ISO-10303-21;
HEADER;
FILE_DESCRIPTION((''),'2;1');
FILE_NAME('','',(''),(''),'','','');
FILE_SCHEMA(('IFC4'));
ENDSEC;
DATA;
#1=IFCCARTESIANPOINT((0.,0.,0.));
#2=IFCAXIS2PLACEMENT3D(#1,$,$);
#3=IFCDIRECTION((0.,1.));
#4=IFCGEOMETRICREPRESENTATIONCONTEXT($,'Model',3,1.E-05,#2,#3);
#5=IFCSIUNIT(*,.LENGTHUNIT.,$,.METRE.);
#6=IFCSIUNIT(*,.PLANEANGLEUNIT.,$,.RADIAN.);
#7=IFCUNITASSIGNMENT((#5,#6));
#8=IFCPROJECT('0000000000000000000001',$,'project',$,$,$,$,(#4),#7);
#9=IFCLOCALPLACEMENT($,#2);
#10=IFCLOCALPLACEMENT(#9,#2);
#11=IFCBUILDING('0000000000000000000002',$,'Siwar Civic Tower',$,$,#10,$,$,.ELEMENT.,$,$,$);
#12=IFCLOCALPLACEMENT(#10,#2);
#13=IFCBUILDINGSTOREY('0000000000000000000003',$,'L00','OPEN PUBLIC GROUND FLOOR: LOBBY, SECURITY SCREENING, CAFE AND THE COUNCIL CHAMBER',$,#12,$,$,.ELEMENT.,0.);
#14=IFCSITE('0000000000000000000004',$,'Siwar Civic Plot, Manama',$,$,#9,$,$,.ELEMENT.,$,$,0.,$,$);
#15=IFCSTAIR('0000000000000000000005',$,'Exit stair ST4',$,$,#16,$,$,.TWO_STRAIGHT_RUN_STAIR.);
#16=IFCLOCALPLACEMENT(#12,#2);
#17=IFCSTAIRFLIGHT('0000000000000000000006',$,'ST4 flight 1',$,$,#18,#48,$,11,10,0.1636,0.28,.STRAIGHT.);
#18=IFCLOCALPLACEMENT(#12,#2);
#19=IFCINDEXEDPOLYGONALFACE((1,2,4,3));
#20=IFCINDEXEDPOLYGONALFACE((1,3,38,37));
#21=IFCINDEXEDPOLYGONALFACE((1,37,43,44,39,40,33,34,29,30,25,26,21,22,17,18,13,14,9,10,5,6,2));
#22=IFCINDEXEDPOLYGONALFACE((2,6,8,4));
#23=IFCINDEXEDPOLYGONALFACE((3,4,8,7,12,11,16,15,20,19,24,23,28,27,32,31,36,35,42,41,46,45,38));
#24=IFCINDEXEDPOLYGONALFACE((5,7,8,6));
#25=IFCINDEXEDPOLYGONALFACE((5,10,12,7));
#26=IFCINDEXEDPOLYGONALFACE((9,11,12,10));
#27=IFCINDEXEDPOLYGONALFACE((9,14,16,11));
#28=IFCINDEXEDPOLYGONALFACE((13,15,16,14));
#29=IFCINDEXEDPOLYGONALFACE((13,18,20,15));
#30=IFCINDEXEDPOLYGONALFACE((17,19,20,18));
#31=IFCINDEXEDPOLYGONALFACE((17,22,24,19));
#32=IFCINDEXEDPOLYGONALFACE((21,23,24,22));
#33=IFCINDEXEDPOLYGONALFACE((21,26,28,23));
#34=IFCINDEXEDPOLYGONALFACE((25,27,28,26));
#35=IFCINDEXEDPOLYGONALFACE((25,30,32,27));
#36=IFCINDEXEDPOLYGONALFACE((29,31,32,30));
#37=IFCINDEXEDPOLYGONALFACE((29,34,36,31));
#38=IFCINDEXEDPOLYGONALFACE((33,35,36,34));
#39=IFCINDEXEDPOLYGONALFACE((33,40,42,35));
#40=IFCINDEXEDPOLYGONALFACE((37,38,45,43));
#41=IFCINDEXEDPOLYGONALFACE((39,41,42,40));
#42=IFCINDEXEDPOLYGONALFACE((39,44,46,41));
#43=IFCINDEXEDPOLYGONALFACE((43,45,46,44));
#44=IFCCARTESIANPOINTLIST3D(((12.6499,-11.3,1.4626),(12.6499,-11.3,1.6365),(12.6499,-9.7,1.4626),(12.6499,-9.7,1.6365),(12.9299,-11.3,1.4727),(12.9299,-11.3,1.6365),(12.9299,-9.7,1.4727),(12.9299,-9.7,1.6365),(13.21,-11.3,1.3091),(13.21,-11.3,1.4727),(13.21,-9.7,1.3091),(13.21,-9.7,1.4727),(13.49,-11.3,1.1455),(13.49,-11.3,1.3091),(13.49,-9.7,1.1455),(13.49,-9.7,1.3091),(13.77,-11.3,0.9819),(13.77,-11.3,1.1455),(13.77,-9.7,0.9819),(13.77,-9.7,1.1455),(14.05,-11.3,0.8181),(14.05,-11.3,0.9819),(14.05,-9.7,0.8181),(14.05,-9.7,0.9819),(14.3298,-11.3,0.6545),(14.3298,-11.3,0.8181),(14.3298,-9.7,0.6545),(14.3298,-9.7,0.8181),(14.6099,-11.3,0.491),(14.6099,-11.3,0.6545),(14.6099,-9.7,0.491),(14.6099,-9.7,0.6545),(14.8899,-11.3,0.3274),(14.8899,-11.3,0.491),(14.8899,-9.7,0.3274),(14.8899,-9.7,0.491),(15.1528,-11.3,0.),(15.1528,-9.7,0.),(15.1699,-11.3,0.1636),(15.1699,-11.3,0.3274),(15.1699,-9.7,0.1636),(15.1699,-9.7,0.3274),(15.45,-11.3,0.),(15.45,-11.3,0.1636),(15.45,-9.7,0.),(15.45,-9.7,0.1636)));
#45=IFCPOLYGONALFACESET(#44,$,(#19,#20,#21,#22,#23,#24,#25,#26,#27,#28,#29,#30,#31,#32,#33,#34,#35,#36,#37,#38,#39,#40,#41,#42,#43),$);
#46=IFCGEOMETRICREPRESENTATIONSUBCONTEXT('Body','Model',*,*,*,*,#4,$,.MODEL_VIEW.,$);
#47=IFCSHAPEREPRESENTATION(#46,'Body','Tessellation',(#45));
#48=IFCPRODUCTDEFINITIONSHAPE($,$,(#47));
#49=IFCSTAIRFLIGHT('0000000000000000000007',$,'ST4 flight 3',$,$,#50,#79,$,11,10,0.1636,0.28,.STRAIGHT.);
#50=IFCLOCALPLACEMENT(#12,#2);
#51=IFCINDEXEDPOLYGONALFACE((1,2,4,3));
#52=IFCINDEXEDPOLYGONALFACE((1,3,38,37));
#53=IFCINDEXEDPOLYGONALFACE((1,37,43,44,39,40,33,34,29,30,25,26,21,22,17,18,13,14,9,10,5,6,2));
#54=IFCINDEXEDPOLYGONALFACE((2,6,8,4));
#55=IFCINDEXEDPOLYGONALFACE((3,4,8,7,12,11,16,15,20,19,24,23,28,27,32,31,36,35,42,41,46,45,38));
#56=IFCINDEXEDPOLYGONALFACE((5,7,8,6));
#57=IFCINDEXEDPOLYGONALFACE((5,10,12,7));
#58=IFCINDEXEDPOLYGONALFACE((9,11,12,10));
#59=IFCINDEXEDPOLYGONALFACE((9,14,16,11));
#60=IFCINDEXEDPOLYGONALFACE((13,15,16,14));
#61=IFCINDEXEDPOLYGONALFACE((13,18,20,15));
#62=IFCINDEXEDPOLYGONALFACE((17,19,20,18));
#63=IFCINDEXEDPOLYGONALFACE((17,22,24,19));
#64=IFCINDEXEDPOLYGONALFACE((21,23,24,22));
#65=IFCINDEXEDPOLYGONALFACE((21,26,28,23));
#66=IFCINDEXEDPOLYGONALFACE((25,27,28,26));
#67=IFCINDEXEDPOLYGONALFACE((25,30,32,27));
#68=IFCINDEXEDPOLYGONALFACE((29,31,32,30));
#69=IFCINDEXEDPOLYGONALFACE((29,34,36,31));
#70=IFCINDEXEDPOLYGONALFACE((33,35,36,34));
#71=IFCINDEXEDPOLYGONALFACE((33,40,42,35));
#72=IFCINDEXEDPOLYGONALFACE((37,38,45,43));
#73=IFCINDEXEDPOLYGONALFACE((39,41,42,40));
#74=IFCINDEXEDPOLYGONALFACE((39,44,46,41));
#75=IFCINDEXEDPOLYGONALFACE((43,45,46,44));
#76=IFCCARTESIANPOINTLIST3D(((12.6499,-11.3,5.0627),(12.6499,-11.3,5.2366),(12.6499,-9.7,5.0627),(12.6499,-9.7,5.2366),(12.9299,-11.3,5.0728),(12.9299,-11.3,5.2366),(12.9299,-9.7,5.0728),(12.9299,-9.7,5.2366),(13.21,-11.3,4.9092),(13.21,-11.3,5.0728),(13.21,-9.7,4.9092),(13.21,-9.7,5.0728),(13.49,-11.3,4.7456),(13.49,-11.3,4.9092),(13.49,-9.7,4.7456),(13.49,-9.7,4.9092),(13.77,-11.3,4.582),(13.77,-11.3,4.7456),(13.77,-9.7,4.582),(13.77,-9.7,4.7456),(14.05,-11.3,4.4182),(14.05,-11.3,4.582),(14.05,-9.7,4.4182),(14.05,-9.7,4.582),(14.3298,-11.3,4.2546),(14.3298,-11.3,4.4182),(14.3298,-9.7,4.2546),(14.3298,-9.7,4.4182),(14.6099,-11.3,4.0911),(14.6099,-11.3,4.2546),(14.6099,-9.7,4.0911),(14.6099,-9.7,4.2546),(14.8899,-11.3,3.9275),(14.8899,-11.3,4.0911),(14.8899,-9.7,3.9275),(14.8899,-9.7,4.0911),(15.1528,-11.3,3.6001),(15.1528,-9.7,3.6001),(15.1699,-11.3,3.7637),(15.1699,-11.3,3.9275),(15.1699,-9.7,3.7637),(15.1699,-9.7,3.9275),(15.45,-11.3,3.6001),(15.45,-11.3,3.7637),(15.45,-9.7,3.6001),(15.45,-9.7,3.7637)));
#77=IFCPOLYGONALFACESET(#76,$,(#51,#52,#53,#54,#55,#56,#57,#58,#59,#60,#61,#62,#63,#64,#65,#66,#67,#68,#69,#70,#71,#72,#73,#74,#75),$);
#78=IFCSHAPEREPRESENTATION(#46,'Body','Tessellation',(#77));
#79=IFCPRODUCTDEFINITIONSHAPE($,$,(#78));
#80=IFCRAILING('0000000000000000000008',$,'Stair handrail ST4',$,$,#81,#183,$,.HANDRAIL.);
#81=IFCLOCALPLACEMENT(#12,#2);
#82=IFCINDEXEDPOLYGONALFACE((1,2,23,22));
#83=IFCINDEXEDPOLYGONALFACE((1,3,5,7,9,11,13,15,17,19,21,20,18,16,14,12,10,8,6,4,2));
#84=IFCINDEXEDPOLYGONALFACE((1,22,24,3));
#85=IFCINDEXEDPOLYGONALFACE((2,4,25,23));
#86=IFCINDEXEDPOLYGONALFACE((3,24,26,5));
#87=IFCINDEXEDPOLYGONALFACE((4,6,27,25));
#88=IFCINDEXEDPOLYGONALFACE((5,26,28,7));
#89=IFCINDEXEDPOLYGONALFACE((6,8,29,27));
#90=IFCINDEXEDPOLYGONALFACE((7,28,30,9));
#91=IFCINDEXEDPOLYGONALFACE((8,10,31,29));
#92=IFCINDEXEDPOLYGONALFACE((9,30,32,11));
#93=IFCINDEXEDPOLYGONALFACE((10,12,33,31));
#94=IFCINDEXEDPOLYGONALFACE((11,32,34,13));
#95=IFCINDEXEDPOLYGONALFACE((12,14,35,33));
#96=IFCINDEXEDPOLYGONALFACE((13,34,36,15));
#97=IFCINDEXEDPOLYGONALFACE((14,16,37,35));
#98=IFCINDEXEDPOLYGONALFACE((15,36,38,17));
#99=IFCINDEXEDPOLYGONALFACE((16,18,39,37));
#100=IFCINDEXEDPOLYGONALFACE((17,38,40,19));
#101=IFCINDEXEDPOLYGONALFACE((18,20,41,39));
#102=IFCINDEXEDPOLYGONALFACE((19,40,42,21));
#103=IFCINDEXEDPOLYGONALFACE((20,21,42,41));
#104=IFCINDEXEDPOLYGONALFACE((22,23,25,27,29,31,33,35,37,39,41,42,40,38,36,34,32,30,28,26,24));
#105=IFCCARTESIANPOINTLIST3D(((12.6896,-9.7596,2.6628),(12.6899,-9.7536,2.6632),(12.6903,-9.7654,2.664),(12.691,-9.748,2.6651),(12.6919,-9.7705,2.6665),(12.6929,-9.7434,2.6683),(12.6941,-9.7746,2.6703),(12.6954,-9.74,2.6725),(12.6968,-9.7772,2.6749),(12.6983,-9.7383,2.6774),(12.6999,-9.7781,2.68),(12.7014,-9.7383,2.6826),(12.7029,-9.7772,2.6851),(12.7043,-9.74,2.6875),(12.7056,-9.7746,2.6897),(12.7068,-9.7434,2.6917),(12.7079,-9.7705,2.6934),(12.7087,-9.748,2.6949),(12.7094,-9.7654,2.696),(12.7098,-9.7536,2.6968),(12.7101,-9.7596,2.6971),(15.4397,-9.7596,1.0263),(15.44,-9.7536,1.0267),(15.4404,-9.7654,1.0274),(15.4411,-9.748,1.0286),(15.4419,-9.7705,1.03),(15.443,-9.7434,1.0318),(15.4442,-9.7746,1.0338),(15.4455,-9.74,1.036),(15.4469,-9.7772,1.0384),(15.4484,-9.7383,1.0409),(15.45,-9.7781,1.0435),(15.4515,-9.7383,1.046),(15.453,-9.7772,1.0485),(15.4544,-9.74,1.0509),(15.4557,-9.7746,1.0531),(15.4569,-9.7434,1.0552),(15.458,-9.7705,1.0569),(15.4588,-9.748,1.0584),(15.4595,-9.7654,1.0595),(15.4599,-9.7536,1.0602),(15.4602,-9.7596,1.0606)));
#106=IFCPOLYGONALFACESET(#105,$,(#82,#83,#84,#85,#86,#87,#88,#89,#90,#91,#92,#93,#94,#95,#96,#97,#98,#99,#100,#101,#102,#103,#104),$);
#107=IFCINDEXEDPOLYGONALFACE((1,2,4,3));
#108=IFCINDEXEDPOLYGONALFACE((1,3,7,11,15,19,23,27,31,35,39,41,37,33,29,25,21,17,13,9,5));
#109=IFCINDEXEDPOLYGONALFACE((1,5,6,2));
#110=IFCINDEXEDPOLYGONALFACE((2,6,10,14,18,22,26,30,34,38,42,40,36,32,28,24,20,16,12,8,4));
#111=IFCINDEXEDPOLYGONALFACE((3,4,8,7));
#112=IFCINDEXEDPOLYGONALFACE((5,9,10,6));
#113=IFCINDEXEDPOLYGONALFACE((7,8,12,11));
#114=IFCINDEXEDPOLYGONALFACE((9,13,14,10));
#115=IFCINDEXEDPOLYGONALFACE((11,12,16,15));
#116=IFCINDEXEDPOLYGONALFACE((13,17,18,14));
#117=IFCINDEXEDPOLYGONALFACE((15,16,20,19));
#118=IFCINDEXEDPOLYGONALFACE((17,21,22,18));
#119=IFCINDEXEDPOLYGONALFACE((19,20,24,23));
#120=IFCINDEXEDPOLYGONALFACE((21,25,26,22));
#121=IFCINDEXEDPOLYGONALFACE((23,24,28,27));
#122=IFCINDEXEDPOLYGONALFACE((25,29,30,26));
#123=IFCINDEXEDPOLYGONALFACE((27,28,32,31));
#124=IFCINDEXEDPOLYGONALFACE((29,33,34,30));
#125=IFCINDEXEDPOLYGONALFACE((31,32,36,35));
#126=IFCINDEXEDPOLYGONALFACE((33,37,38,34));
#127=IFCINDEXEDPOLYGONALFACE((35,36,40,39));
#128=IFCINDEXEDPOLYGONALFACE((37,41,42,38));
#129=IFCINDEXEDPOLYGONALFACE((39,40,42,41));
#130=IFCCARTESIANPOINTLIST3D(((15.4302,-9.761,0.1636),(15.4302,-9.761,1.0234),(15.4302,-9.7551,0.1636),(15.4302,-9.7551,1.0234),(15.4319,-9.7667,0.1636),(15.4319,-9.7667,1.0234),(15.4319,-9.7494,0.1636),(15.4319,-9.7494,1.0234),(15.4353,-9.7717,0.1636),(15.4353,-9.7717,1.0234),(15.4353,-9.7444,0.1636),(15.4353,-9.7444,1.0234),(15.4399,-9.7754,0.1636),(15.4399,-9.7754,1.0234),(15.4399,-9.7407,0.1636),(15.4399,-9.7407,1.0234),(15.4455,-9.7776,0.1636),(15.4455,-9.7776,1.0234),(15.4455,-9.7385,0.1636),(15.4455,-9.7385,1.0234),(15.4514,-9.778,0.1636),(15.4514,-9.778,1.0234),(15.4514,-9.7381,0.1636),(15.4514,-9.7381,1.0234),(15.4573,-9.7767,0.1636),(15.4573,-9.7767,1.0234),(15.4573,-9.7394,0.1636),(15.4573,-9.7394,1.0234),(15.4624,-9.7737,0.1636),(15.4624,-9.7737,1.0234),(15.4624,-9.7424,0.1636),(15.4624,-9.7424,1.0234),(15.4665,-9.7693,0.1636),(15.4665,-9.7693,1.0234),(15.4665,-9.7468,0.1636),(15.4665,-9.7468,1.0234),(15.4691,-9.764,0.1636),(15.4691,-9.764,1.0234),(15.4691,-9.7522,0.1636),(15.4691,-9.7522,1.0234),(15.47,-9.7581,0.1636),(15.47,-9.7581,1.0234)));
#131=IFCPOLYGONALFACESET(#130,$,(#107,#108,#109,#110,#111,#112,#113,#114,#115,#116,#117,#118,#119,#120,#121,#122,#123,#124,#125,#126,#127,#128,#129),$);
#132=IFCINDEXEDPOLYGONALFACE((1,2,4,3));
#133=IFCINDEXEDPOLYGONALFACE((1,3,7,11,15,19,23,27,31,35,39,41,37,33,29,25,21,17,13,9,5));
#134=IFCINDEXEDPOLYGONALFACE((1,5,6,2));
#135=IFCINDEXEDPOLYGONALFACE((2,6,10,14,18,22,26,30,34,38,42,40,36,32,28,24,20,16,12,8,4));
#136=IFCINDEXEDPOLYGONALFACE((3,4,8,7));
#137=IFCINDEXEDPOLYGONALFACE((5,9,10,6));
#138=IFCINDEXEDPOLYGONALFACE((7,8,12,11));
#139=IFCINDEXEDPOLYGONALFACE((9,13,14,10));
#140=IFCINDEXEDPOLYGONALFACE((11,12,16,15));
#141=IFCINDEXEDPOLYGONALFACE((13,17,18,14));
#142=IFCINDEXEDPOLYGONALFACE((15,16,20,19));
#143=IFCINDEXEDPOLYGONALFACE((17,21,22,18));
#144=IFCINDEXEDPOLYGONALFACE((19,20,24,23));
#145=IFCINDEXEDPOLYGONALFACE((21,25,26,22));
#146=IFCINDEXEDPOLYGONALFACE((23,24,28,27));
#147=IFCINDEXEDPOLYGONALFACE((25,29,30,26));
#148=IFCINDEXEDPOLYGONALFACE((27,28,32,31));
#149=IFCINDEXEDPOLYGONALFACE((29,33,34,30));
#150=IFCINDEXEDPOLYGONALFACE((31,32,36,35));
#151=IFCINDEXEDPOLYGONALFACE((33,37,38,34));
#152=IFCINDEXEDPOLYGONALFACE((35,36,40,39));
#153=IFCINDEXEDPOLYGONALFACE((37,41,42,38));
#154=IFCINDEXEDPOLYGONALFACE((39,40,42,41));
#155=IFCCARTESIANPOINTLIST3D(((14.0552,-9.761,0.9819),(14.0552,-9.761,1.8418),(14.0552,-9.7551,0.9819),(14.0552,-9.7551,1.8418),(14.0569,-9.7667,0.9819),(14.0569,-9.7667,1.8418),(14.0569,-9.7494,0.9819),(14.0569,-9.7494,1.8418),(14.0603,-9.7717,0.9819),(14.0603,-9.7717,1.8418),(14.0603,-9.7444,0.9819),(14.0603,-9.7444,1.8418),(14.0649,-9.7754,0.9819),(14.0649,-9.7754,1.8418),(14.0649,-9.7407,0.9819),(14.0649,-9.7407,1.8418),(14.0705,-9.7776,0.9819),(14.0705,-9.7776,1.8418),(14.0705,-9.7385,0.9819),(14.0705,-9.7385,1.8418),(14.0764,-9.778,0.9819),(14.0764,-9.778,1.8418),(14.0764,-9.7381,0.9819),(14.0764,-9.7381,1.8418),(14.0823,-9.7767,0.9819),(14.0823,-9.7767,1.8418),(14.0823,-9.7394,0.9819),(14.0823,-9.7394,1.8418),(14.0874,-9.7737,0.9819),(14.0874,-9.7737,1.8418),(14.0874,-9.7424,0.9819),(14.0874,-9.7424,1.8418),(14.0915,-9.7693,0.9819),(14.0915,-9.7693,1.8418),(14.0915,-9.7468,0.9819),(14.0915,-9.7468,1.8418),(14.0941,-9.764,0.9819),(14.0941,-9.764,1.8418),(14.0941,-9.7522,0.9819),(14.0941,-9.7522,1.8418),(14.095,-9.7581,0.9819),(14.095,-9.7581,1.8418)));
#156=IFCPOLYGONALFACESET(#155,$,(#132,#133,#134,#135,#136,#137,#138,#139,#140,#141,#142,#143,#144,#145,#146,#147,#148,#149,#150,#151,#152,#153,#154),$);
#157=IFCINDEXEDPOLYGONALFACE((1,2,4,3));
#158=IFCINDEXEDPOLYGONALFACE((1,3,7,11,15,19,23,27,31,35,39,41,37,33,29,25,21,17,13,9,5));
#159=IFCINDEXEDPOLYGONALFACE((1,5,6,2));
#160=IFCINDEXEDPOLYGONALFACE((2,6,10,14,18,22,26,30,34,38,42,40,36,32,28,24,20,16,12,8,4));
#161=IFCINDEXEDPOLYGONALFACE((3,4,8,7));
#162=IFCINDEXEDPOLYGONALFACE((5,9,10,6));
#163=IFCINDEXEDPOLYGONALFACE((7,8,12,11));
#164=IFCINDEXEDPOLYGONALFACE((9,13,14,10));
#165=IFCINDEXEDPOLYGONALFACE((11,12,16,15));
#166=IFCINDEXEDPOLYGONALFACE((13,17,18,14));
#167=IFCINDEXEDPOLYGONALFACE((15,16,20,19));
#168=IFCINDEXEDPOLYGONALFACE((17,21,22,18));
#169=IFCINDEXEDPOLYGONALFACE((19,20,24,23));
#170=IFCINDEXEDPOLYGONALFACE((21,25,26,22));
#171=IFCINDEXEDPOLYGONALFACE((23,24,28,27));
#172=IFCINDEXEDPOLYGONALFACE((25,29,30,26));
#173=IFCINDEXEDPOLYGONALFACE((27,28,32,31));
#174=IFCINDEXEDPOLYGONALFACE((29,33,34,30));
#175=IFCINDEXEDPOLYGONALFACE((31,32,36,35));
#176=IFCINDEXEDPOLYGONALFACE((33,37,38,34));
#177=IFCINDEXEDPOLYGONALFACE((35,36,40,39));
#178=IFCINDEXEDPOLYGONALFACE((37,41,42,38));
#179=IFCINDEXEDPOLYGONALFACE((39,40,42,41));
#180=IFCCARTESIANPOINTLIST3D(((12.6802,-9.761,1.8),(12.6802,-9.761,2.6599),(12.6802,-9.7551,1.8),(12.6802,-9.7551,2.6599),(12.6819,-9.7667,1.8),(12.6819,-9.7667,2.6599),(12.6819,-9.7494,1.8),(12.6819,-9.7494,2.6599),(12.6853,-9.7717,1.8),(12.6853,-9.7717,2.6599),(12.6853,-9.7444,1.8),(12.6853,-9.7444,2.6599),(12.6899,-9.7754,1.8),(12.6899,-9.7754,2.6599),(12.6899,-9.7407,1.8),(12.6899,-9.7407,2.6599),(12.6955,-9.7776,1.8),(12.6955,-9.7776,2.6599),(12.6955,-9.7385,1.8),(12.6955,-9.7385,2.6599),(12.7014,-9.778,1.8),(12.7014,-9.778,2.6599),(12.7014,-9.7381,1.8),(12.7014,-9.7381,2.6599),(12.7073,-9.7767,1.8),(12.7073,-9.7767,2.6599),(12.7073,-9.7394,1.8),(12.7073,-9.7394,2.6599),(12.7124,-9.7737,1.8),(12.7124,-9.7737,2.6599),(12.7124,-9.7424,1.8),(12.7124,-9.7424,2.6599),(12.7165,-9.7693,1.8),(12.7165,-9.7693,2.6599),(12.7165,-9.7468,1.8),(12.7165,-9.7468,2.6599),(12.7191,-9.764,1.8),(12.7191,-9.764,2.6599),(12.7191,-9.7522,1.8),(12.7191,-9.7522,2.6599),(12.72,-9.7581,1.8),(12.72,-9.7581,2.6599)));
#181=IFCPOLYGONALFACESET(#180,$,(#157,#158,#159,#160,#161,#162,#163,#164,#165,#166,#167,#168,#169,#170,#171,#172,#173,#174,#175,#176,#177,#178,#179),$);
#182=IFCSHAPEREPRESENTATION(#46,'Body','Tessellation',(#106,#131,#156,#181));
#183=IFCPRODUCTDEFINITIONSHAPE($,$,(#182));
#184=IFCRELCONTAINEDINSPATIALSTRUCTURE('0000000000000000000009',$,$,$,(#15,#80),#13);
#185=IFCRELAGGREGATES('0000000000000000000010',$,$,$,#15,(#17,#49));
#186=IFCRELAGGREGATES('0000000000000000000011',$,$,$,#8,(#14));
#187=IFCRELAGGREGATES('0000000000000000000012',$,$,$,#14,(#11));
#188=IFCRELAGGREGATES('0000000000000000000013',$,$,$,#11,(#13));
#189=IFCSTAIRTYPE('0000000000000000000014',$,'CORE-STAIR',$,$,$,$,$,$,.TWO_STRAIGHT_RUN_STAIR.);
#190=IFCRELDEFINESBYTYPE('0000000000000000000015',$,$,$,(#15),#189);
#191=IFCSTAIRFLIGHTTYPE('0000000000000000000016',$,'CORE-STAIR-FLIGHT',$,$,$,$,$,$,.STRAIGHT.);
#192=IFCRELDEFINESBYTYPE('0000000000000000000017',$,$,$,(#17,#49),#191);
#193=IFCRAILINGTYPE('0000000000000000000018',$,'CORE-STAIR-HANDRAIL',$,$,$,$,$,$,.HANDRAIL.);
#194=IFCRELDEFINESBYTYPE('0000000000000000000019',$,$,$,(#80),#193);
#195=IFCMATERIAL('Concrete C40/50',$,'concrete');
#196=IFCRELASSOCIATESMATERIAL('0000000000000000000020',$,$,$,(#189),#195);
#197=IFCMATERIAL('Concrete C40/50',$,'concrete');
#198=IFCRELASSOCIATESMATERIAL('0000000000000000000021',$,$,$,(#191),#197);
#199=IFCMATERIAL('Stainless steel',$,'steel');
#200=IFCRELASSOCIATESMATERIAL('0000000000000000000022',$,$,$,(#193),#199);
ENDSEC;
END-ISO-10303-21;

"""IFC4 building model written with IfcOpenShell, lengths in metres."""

from ifc_helpers import new_model, si_unit, direction, frame, origin, origin_2d, place, context, subcontext, project, spatial, polyline, circle, outline, extrude, material, type_object, element, aggregate, save


model = new_model("IFC4")

# Units and contexts
model_context = context("Model", 3, precision=1e-05, world=origin(), true_north=direction((0.0, 1.0)))
body_context = subcontext(model_context, "Body", "Model", "MODEL_VIEW")
ifc_project = project(units=[si_unit("LENGTHUNIT", "METRE"), si_unit("PLANEANGLEUNIT", "RADIAN")], contexts=[model_context])

# Site, building, storey
site_placement = place(None, origin())
site = spatial("IfcSite", under=ifc_project, at=site_placement, Name="Siwar Civic Plot, Manama", CompositionType="ELEMENT", RefElevation=0.0)
building_placement = place(site_placement, origin())
building = spatial("IfcBuilding", under=site, at=building_placement, Name="Siwar Civic Tower", CompositionType="ELEMENT")
storey_placement = place(building_placement, origin())
storey = spatial("IfcBuildingStorey", under=building, at=storey_placement, Name="L00", Description="OPEN PUBLIC GROUND FLOOR: LOBBY, SECURITY SCREENING, CAFE AND THE COUNCIL CHAMBER", CompositionType="ELEMENT", Elevation=0.0)

# Stair, stair flights
ifc_material_1 = material(Name="Concrete C40/50", Category="concrete")
stair_type = type_object("IfcStairType", Name="CORE-STAIR", PredefinedType="TWO_STRAIGHT_RUN_STAIR", material=ifc_material_1)
stair_placement = place(storey_placement, origin())
stair = element("IfcStair", 1, at=stair_placement, inside=storey, type_object=stair_type, Name="Exit stair ST4", PredefinedType="TWO_STRAIGHT_RUN_STAIR")
ifc_material_2 = material(Name="Concrete C40/50", Category="concrete")
stair_flight_type = type_object("IfcStairFlightType", Name="CORE-STAIR-FLIGHT", PredefinedType="STRAIGHT", material=ifc_material_2)
stair_flight_1_placement = place(storey_placement, frame((15.45, -10.5, 0.0), z_axis=(0.0, 0.0, 1.0), x_axis=(-1.0, 0.0, 0.0)))
stair_flight_1 = element("IfcStairFlight", 2, at=stair_flight_1_placement, type_object=stair_flight_type, Name="ST4 flight 1", NumberOfRisers=11, NumberOfTreads=10, PredefinedType="STRAIGHT", RiserHeight=0.1636, TreadLength=0.28, context=body_context, shape_type="SweptSolid", body=[
    extrude(outline(polyline([(0.0, 0.0), (0.0, 0.1636), (0.28, 0.1636), (0.28, 0.3274), (0.5601, 0.3274), (0.5601, 0.491), (0.8401, 0.491), (0.8401, 0.6545), (1.1201, 0.6545), (1.1201, 0.8181), (1.3999, 0.8181), (1.3999, 0.9819), (1.6799, 0.9819), (1.6799, 1.1455), (1.96, 1.1455), (1.96, 1.3091), (2.24, 1.3091), (2.24, 1.4727), (2.52, 1.4727), (2.52, 1.6365), (2.8, 1.6365), (2.8, 1.8), (2.8, 1.4626), (0.2971, 0.0), (0.0, 0.0)])), frame((0.0, 0.8, 0.0), z_axis=(0.0, -1.0, 0.0), x_axis=(1.0, 0.0, 0.0)), (0.0, 0.0, 1.0), 1.6001),
])
stair_flight_2_placement = place(storey_placement, frame((15.45, -10.5, 3.6001), z_axis=(0.0, 0.0, 1.0), x_axis=(-1.0, 0.0, 0.0)))
stair_flight_2 = element("IfcStairFlight", 3, at=stair_flight_2_placement, type_object=stair_flight_type, Name="ST4 flight 3", NumberOfRisers=11, NumberOfTreads=10, PredefinedType="STRAIGHT", RiserHeight=0.1636, TreadLength=0.28, context=body_context, shape_type="SweptSolid", body=[
    extrude(outline(polyline([(0.0, 0.0), (0.0, 0.1636), (0.28, 0.1636), (0.28, 0.3274), (0.5601, 0.3274), (0.5601, 0.491), (0.8401, 0.491), (0.8401, 0.6545), (1.1201, 0.6545), (1.1201, 0.8181), (1.3999, 0.8181), (1.3999, 0.9819), (1.6799, 0.9819), (1.6799, 1.1455), (1.96, 1.1455), (1.96, 1.3091), (2.24, 1.3091), (2.24, 1.4727), (2.52, 1.4727), (2.52, 1.6365), (2.8, 1.6365), (2.8, 1.8), (2.8, 1.4626), (0.2971, 0.0), (0.0, 0.0)])), frame((0.0, 0.8, 0.0), z_axis=(0.0, -1.0, 0.0), x_axis=(1.0, 0.0, 0.0)), (0.0, 0.0, 1.0), 1.6001),
])
aggregate(stair, [stair_flight_1, stair_flight_2])

# Railing
ifc_material_3 = material(Name="Stainless steel", Category="steel")
railing_type = type_object("IfcRailingType", Name="CORE-STAIR-HANDRAIL", PredefinedType="HANDRAIL", material=ifc_material_3)
railing_1_placement = place(storey_placement, frame((15.45, -9.7581, 0.1636)))
element("IfcRailing", 4, at=railing_1_placement, inside=storey, type_object=railing_type, Name="Stair handrail ST4", PredefinedType="HANDRAIL", context=body_context, shape_type="SweptSolid", body=[
    extrude(circle(Radius=0.02, at=origin_2d()), frame((0.0, 0.0, 0.8799), z_axis=(-0.859352, 0.0, 0.511385), x_axis=(0.0, -1.0, 0.0)), (0.0, 0.0, 1.0), 3.2002),
    extrude(circle(Radius=0.02, at=origin_2d()), origin(), (0.0, 0.0, 1.0), 0.8599),
    extrude(circle(Radius=0.02, at=origin_2d()), frame((-1.375, 0.0, 0.8184)), (0.0, 0.0, 1.0), 0.8599),
    extrude(circle(Radius=0.02, at=origin_2d()), frame((-2.75, 0.0, 1.6365)), (0.0, 0.0, 1.0), 0.8599),
])

save(model, "model.ifc")
